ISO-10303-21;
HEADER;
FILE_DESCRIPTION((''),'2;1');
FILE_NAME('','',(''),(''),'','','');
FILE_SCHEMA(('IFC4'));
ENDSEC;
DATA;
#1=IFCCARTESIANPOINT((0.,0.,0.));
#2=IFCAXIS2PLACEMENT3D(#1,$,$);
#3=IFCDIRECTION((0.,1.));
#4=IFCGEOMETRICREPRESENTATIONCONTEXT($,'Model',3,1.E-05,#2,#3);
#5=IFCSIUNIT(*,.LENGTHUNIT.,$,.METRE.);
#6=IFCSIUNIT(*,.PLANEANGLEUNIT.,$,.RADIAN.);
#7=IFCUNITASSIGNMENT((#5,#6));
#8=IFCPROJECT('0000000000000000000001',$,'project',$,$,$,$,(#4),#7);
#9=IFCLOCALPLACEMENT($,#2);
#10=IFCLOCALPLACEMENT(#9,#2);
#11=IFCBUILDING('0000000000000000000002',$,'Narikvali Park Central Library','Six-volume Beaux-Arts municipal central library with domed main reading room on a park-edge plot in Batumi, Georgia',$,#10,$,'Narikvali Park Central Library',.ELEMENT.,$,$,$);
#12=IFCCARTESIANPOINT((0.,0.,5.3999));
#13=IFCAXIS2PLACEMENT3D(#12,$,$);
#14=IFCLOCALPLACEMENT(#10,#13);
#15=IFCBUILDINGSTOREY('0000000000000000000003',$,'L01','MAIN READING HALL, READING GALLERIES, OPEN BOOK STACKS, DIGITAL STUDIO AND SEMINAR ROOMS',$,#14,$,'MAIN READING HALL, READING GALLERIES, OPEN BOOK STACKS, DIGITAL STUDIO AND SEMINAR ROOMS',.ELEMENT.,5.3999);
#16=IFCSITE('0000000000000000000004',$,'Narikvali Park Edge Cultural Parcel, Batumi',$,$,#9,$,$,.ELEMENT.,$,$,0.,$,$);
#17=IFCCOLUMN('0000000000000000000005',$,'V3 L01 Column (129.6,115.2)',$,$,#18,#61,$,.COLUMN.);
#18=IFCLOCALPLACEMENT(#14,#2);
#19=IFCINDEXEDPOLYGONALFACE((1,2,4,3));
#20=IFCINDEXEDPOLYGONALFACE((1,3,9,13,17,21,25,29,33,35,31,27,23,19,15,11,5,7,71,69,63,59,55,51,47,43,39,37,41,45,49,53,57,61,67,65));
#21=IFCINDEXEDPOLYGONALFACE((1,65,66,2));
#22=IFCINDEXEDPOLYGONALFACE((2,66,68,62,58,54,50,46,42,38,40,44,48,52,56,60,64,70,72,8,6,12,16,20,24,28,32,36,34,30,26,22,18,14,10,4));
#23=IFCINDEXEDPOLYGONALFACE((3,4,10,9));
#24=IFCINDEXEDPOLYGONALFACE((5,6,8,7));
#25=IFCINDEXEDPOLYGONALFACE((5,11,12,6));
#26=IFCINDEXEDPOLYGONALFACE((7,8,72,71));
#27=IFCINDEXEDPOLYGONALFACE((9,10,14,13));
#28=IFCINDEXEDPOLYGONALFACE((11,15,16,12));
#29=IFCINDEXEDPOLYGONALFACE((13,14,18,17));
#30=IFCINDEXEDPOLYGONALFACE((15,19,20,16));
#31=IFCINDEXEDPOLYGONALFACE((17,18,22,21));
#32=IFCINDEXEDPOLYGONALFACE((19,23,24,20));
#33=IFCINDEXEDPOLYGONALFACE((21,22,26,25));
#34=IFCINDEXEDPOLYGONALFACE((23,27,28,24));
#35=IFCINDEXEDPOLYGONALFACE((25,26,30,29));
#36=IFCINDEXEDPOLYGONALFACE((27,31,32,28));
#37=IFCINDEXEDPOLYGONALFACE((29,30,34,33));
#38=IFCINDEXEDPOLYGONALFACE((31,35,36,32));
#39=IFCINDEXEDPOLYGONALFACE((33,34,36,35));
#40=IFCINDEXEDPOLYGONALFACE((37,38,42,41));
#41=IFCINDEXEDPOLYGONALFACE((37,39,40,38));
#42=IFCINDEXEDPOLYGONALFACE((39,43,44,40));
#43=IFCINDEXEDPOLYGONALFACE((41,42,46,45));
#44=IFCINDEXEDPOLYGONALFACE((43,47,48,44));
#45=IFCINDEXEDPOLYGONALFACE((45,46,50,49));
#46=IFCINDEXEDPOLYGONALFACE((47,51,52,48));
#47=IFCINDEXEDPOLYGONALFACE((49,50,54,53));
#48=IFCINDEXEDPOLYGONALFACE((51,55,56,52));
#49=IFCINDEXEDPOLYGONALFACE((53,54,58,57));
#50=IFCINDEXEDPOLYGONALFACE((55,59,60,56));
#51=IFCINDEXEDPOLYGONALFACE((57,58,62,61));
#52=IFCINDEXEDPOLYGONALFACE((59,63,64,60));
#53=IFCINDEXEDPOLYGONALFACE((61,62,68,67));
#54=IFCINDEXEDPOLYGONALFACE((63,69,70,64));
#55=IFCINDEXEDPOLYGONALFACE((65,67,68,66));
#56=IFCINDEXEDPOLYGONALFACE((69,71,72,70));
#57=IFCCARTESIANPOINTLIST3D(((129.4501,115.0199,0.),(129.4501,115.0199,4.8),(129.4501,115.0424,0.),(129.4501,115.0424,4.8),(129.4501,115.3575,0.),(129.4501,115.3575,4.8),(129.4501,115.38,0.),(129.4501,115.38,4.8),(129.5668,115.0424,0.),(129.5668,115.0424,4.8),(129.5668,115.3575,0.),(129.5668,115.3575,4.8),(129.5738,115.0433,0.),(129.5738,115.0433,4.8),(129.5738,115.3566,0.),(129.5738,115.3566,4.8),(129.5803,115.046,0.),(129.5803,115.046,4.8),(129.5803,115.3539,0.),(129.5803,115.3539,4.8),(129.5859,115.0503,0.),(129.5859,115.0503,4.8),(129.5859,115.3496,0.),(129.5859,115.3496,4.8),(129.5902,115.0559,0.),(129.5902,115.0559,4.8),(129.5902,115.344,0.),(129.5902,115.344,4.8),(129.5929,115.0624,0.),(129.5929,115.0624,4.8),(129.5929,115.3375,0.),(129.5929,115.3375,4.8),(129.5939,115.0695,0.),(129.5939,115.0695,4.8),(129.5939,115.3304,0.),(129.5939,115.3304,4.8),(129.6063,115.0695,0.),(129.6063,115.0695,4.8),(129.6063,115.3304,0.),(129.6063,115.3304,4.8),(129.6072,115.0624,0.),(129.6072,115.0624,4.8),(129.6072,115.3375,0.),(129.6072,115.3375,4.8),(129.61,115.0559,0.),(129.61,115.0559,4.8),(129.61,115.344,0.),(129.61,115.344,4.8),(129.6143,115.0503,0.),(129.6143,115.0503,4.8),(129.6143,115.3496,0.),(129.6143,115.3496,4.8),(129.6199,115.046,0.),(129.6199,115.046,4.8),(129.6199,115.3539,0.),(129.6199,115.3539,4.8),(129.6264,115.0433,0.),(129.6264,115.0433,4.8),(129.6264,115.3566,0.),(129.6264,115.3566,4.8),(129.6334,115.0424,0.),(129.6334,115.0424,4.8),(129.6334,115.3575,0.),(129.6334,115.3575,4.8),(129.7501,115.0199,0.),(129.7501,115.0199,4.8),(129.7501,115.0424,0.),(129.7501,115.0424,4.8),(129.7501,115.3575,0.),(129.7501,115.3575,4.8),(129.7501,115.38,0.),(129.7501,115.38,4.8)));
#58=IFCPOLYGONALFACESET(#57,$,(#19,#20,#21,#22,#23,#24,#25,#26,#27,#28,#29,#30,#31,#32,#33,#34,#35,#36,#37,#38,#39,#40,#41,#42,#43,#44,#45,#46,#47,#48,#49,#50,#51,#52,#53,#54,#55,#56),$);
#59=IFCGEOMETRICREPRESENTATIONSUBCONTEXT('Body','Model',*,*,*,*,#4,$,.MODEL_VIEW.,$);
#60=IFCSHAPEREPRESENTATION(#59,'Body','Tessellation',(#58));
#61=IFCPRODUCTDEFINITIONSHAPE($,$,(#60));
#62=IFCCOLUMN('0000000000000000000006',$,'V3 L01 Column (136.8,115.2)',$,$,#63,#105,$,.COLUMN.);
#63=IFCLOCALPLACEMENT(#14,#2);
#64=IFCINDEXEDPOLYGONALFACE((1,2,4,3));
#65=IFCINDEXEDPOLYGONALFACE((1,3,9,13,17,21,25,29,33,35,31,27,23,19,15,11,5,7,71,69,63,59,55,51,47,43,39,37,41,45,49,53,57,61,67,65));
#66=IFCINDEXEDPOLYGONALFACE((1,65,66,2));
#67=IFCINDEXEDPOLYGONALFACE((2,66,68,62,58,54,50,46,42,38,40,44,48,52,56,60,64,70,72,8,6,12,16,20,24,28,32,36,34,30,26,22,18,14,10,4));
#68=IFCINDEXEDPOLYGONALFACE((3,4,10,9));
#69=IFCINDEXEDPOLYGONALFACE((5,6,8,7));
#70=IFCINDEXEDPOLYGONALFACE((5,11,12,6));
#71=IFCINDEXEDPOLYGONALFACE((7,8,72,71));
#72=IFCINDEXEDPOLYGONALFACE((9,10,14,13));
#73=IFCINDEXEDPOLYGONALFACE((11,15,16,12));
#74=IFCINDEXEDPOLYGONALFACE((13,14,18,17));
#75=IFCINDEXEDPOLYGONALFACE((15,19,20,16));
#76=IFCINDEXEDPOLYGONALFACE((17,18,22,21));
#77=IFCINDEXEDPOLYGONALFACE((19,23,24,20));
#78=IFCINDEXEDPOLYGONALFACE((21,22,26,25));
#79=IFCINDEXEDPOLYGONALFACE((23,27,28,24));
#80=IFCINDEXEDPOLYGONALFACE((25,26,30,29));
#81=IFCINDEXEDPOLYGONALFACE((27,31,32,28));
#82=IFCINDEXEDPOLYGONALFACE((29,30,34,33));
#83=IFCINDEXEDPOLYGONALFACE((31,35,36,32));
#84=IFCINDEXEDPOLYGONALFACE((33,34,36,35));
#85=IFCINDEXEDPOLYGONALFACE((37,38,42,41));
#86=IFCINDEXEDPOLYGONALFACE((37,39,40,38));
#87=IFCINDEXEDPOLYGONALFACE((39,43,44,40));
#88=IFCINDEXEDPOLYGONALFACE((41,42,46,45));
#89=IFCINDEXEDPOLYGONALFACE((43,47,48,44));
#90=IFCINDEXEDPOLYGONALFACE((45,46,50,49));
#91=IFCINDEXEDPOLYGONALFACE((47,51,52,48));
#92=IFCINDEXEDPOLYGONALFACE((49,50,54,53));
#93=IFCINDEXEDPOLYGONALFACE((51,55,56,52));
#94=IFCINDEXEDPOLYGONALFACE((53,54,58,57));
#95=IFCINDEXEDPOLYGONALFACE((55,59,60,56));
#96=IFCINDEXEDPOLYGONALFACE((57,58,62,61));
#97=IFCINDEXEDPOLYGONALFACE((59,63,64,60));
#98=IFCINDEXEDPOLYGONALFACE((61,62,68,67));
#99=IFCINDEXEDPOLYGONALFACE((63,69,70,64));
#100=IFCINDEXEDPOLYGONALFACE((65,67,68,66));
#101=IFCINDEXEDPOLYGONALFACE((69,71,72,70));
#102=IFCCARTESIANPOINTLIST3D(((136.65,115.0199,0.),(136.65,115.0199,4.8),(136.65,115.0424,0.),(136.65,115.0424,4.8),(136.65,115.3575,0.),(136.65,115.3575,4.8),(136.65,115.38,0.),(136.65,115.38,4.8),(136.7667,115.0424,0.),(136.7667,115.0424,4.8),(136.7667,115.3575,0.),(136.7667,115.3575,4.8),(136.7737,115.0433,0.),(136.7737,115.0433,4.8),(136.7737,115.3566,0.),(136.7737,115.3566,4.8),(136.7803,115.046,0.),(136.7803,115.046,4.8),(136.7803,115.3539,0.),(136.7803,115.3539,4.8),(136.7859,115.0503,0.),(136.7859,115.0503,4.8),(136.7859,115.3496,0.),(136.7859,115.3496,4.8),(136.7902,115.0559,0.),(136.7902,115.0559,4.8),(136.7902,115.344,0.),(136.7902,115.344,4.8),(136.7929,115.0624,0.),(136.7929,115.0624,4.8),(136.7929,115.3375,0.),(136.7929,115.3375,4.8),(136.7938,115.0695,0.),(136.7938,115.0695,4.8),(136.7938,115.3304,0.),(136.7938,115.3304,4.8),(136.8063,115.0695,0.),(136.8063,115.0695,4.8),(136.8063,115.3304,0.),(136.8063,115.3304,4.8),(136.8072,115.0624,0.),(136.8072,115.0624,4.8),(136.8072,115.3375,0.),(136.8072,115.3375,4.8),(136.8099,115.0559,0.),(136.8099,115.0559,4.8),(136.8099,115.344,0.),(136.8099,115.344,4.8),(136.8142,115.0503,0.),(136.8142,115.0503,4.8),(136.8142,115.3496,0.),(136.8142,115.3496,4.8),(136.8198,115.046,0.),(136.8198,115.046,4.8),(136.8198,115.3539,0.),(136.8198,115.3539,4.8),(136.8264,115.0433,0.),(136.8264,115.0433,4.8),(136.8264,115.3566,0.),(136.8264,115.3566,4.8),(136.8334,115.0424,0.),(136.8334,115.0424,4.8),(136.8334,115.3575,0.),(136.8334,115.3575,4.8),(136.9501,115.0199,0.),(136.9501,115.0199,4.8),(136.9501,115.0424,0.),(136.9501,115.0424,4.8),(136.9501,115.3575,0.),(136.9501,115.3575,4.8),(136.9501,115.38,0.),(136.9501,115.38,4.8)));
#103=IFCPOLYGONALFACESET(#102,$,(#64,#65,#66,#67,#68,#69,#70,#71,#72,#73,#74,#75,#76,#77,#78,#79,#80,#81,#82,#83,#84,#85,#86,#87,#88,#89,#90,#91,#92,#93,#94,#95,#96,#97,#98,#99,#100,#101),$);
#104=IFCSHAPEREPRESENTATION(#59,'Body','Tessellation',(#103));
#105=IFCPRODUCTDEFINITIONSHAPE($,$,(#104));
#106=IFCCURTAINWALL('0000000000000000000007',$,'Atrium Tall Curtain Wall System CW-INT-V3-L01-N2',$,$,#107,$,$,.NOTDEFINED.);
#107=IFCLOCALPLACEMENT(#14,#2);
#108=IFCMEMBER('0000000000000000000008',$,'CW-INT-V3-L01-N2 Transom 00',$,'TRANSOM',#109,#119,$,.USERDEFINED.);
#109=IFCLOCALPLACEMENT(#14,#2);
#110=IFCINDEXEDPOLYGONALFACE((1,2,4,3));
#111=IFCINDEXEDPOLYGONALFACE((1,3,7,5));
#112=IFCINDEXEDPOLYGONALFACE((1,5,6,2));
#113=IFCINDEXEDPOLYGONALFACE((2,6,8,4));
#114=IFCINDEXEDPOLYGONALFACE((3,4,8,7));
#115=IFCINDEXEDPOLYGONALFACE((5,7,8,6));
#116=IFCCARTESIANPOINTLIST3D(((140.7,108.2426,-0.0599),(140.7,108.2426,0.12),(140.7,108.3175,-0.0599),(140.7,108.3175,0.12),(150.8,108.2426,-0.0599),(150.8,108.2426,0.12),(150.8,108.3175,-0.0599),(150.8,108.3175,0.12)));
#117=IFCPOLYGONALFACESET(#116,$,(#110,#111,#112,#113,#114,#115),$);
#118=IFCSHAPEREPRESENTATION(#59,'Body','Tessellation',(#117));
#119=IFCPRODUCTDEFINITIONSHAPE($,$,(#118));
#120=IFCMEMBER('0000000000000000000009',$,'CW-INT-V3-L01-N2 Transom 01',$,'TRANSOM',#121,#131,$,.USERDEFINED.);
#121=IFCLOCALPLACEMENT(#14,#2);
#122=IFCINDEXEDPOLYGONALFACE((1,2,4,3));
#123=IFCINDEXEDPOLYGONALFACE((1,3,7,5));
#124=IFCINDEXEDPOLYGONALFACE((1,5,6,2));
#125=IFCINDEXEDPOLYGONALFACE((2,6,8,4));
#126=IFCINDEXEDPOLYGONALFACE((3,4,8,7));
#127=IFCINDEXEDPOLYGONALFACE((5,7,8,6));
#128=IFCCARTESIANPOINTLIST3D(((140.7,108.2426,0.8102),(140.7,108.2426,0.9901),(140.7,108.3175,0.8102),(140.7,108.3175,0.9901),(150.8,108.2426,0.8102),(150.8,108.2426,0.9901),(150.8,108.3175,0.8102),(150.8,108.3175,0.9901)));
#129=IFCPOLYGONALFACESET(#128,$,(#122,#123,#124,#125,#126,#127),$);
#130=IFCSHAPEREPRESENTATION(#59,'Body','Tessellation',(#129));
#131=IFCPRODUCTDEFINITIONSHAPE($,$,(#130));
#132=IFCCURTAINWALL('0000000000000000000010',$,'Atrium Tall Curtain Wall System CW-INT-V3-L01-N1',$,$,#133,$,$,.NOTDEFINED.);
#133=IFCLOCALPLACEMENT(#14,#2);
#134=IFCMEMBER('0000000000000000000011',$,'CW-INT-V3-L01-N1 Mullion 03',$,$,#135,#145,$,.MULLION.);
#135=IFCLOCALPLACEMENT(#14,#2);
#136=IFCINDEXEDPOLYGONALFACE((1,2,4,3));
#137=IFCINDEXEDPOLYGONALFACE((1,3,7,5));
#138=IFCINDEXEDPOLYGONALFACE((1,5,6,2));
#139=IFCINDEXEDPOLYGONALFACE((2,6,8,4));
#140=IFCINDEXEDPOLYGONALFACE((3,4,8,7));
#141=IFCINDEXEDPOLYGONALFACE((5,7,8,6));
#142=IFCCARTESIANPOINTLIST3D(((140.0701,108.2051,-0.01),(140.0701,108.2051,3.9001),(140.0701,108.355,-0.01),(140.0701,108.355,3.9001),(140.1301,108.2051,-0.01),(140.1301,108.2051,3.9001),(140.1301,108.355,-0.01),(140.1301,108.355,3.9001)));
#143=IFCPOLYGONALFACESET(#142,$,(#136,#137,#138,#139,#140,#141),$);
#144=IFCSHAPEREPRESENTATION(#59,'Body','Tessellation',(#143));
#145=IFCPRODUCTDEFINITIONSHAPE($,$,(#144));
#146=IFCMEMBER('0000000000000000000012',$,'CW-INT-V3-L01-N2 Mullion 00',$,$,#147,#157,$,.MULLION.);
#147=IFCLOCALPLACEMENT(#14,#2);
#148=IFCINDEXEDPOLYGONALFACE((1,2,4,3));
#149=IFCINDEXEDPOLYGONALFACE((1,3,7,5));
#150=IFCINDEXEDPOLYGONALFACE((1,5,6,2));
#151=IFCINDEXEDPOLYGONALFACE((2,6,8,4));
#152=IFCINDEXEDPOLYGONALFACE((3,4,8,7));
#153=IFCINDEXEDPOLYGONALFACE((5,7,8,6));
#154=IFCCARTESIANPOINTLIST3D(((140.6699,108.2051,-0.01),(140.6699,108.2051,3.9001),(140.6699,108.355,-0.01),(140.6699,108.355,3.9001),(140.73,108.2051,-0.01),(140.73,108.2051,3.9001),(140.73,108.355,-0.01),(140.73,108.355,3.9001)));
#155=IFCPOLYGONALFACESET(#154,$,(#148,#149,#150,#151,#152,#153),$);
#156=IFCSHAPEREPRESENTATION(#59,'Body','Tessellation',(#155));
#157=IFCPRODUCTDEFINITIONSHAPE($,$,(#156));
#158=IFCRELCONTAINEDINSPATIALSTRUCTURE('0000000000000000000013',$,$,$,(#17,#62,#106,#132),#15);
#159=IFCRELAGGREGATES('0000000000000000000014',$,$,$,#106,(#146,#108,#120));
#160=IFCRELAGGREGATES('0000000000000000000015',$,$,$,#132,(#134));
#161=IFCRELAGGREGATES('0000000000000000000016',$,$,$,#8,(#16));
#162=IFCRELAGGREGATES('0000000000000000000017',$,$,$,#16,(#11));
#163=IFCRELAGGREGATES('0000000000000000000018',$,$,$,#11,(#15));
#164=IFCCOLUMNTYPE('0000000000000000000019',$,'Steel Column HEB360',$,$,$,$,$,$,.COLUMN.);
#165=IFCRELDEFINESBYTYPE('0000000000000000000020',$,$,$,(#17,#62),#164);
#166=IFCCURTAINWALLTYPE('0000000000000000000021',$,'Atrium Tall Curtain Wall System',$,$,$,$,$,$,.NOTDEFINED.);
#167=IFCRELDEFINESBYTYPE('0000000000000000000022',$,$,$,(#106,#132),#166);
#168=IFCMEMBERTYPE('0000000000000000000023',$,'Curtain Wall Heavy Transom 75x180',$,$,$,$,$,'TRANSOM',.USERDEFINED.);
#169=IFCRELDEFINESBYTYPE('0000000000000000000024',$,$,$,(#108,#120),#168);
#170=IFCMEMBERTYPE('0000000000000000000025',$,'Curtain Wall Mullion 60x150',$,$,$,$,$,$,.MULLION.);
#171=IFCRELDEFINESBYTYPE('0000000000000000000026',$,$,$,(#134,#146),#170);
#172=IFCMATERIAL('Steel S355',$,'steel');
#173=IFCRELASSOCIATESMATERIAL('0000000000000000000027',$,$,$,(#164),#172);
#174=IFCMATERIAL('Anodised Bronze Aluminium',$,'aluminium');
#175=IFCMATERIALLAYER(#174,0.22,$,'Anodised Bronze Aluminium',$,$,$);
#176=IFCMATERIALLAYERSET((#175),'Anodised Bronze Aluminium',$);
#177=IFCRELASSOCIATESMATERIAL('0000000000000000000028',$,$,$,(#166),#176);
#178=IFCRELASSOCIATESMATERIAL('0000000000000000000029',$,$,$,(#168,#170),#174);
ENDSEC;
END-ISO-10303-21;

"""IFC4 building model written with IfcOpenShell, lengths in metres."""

from ifc_helpers import new_model, si_unit, direction, frame, origin, origin_2d, place, context, subcontext, project, spatial, rectangle, i_section, extrude, material, layer, layer_set, material_profile, profile_set, type_object, element, aggregate, save


model = new_model("IFC4")

# Units and contexts
model_context = context("Model", 3, precision=1e-05, world=origin(), true_north=direction((0.0, 1.0)))
body_context = subcontext(model_context, "Body", "Model", "MODEL_VIEW")
ifc_project = project(units=[si_unit("LENGTHUNIT", "METRE"), si_unit("PLANEANGLEUNIT", "RADIAN")], contexts=[model_context])

# Site, building, storey
site_placement = place(None, origin())
site = spatial("IfcSite", under=ifc_project, at=site_placement, Name="Narikvali Park Edge Cultural Parcel, Batumi", CompositionType="ELEMENT", RefElevation=0.0)
building_placement = place(site_placement, origin())
building = spatial("IfcBuilding", under=site, at=building_placement, Name="Narikvali Park Central Library", Description="Six-volume Beaux-Arts municipal central library with domed main reading room on a park-edge plot in Batumi, Georgia", LongName="Narikvali Park Central Library", CompositionType="ELEMENT")
storey_placement = place(building_placement, frame((0.0, 0.0, 5.3999)))
storey = spatial("IfcBuildingStorey", under=building, at=storey_placement, Name="L01", Description="MAIN READING HALL, READING GALLERIES, OPEN BOOK STACKS, DIGITAL STUDIO AND SEMINAR ROOMS", LongName="MAIN READING HALL, READING GALLERIES, OPEN BOOK STACKS, DIGITAL STUDIO AND SEMINAR ROOMS", CompositionType="ELEMENT", Elevation=5.3999)

# Columns
ifc_material_1 = material(Name="Steel S355", Category="steel")
ifc_material_profile_1 = material_profile(ifc_material_1, i_section(OverallWidth=0.3, OverallDepth=0.3601, WebThickness=0.0125, FlangeThickness=0.0225, FilletRadius=0.0271, at=origin_2d()), Name="HEB 360")
ifc_profile_set_1 = profile_set([ifc_material_profile_1], Name="Steel S355")
column_type = type_object("IfcColumnType", Name="Steel Column HEB360", PredefinedType="COLUMN", material=ifc_profile_set_1)
for number, where, z_axis, x_axis, name in (
    (1, (129.6001, 115.2, 0.0), (0.0, 0.0, 1.0), (1.0, 0.0, 0.0), "V3 L01 Column (129.6,115.2)"),
    (2, (136.8, 115.2, 0.0), (0.0, 0.0, 1.0), (1.0, 0.0, 0.0), "V3 L01 Column (136.8,115.2)"),
):
    element("IfcColumn", number, at=place(storey_placement, frame(where, z_axis=z_axis, x_axis=x_axis)), inside=storey, type_object=column_type, Name=name, PredefinedType="COLUMN", context=body_context, shape_type="SweptSolid", body=[
        extrude(i_section(OverallWidth=0.3, OverallDepth=0.3601, WebThickness=0.0125, FlangeThickness=0.0225, FilletRadius=0.0271, at=origin_2d()), origin(), (0.0, 0.0, 1.0), 4.8),
    ])

# Curtain wall, members
ifc_material_2 = material(Name="Anodised Bronze Aluminium", Category="aluminium")
ifc_layer_1 = layer(ifc_material_2, 0.22, Name="Anodised Bronze Aluminium")
ifc_layer_set_1 = layer_set([ifc_layer_1], Name="Anodised Bronze Aluminium")
curtain_wall_type = type_object("IfcCurtainWallType", Name="Atrium Tall Curtain Wall System", PredefinedType="NOTDEFINED", material=ifc_layer_set_1)
curtain_wall_1_placement = place(storey_placement, origin())
curtain_wall_1 = element("IfcCurtainWall", 3, at=curtain_wall_1_placement, inside=storey, type_object=curtain_wall_type, Name="Atrium Tall Curtain Wall System CW-INT-V3-L01-N2", PredefinedType="NOTDEFINED")
ifc_material_profile_2 = material_profile(ifc_material_2, rectangle(XDim=0.075, YDim=0.1799, at=origin_2d()), Name="CW TRANSOM 75x180")
ifc_profile_set_2 = profile_set([ifc_material_profile_2], Name="Anodised Bronze Aluminium")
member_type_1 = type_object("IfcMemberType", Name="Curtain Wall Heavy Transom 75x180", ElementType="TRANSOM", PredefinedType="USERDEFINED", material=ifc_profile_set_2)
member_1_placement = place(storey_placement, frame((140.7, 108.28, 0.03), z_axis=(1.0, 0.0, 0.0), x_axis=(0.0, 1.0, 0.0)))
member_1 = element("IfcMember", 4, at=member_1_placement, type_object=member_type_1, Name="CW-INT-V3-L01-N2 Transom 00", ObjectType="TRANSOM", PredefinedType="USERDEFINED", context=body_context, shape_type="SweptSolid", body=[
    extrude(rectangle(XDim=0.075, YDim=0.1799, at=origin_2d()), origin(), (0.0, 0.0, 1.0), 10.1001),
])
member_2_placement = place(storey_placement, frame((140.7, 108.28, 0.9001), z_axis=(1.0, 0.0, 0.0), x_axis=(0.0, 1.0, 0.0)))
member_2 = element("IfcMember", 5, at=member_2_placement, type_object=member_type_1, Name="CW-INT-V3-L01-N2 Transom 01", ObjectType="TRANSOM", PredefinedType="USERDEFINED", context=body_context, shape_type="SweptSolid", body=[
    extrude(rectangle(XDim=0.075, YDim=0.1799, at=origin_2d()), origin(), (0.0, 0.0, 1.0), 10.1001),
])

# Curtain wall, member
curtain_wall_2_placement = place(storey_placement, origin())
curtain_wall_2 = element("IfcCurtainWall", 6, at=curtain_wall_2_placement, inside=storey, type_object=curtain_wall_type, Name="Atrium Tall Curtain Wall System CW-INT-V3-L01-N1", PredefinedType="NOTDEFINED")
ifc_material_profile_3 = material_profile(ifc_material_2, rectangle(XDim=0.0601, YDim=0.1499, at=origin_2d()), Name="CW MULLION 60x150")
ifc_profile_set_3 = profile_set([ifc_material_profile_3], Name="Anodised Bronze Aluminium")
member_type_2 = type_object("IfcMemberType", Name="Curtain Wall Mullion 60x150", PredefinedType="MULLION", material=ifc_profile_set_3)
member_3_placement = place(storey_placement, frame((140.1001, 108.28, -0.01), z_axis=(0.0, 0.0, 1.0), x_axis=(1.0, 0.0, 0.0)))
member_3 = element("IfcMember", 7, at=member_3_placement, type_object=member_type_2, Name="CW-INT-V3-L01-N1 Mullion 03", PredefinedType="MULLION", context=body_context, shape_type="SweptSolid", body=[
    extrude(rectangle(XDim=0.0601, YDim=0.1499, at=origin_2d()), origin(), (0.0, 0.0, 1.0), 3.9102),
])

# Member
member_4_placement = place(storey_placement, frame((140.7, 108.28, -0.01), z_axis=(0.0, 0.0, 1.0), x_axis=(1.0, 0.0, 0.0)))
member_4 = element("IfcMember", 8, at=member_4_placement, type_object=member_type_2, Name="CW-INT-V3-L01-N2 Mullion 00", PredefinedType="MULLION", context=body_context, shape_type="SweptSolid", body=[
    extrude(rectangle(XDim=0.0601, YDim=0.1499, at=origin_2d()), origin(), (0.0, 0.0, 1.0), 3.9102),
])
aggregate(curtain_wall_1, [member_4, member_1, member_2])

aggregate(curtain_wall_2, [member_3])

save(model, "model.ifc")
